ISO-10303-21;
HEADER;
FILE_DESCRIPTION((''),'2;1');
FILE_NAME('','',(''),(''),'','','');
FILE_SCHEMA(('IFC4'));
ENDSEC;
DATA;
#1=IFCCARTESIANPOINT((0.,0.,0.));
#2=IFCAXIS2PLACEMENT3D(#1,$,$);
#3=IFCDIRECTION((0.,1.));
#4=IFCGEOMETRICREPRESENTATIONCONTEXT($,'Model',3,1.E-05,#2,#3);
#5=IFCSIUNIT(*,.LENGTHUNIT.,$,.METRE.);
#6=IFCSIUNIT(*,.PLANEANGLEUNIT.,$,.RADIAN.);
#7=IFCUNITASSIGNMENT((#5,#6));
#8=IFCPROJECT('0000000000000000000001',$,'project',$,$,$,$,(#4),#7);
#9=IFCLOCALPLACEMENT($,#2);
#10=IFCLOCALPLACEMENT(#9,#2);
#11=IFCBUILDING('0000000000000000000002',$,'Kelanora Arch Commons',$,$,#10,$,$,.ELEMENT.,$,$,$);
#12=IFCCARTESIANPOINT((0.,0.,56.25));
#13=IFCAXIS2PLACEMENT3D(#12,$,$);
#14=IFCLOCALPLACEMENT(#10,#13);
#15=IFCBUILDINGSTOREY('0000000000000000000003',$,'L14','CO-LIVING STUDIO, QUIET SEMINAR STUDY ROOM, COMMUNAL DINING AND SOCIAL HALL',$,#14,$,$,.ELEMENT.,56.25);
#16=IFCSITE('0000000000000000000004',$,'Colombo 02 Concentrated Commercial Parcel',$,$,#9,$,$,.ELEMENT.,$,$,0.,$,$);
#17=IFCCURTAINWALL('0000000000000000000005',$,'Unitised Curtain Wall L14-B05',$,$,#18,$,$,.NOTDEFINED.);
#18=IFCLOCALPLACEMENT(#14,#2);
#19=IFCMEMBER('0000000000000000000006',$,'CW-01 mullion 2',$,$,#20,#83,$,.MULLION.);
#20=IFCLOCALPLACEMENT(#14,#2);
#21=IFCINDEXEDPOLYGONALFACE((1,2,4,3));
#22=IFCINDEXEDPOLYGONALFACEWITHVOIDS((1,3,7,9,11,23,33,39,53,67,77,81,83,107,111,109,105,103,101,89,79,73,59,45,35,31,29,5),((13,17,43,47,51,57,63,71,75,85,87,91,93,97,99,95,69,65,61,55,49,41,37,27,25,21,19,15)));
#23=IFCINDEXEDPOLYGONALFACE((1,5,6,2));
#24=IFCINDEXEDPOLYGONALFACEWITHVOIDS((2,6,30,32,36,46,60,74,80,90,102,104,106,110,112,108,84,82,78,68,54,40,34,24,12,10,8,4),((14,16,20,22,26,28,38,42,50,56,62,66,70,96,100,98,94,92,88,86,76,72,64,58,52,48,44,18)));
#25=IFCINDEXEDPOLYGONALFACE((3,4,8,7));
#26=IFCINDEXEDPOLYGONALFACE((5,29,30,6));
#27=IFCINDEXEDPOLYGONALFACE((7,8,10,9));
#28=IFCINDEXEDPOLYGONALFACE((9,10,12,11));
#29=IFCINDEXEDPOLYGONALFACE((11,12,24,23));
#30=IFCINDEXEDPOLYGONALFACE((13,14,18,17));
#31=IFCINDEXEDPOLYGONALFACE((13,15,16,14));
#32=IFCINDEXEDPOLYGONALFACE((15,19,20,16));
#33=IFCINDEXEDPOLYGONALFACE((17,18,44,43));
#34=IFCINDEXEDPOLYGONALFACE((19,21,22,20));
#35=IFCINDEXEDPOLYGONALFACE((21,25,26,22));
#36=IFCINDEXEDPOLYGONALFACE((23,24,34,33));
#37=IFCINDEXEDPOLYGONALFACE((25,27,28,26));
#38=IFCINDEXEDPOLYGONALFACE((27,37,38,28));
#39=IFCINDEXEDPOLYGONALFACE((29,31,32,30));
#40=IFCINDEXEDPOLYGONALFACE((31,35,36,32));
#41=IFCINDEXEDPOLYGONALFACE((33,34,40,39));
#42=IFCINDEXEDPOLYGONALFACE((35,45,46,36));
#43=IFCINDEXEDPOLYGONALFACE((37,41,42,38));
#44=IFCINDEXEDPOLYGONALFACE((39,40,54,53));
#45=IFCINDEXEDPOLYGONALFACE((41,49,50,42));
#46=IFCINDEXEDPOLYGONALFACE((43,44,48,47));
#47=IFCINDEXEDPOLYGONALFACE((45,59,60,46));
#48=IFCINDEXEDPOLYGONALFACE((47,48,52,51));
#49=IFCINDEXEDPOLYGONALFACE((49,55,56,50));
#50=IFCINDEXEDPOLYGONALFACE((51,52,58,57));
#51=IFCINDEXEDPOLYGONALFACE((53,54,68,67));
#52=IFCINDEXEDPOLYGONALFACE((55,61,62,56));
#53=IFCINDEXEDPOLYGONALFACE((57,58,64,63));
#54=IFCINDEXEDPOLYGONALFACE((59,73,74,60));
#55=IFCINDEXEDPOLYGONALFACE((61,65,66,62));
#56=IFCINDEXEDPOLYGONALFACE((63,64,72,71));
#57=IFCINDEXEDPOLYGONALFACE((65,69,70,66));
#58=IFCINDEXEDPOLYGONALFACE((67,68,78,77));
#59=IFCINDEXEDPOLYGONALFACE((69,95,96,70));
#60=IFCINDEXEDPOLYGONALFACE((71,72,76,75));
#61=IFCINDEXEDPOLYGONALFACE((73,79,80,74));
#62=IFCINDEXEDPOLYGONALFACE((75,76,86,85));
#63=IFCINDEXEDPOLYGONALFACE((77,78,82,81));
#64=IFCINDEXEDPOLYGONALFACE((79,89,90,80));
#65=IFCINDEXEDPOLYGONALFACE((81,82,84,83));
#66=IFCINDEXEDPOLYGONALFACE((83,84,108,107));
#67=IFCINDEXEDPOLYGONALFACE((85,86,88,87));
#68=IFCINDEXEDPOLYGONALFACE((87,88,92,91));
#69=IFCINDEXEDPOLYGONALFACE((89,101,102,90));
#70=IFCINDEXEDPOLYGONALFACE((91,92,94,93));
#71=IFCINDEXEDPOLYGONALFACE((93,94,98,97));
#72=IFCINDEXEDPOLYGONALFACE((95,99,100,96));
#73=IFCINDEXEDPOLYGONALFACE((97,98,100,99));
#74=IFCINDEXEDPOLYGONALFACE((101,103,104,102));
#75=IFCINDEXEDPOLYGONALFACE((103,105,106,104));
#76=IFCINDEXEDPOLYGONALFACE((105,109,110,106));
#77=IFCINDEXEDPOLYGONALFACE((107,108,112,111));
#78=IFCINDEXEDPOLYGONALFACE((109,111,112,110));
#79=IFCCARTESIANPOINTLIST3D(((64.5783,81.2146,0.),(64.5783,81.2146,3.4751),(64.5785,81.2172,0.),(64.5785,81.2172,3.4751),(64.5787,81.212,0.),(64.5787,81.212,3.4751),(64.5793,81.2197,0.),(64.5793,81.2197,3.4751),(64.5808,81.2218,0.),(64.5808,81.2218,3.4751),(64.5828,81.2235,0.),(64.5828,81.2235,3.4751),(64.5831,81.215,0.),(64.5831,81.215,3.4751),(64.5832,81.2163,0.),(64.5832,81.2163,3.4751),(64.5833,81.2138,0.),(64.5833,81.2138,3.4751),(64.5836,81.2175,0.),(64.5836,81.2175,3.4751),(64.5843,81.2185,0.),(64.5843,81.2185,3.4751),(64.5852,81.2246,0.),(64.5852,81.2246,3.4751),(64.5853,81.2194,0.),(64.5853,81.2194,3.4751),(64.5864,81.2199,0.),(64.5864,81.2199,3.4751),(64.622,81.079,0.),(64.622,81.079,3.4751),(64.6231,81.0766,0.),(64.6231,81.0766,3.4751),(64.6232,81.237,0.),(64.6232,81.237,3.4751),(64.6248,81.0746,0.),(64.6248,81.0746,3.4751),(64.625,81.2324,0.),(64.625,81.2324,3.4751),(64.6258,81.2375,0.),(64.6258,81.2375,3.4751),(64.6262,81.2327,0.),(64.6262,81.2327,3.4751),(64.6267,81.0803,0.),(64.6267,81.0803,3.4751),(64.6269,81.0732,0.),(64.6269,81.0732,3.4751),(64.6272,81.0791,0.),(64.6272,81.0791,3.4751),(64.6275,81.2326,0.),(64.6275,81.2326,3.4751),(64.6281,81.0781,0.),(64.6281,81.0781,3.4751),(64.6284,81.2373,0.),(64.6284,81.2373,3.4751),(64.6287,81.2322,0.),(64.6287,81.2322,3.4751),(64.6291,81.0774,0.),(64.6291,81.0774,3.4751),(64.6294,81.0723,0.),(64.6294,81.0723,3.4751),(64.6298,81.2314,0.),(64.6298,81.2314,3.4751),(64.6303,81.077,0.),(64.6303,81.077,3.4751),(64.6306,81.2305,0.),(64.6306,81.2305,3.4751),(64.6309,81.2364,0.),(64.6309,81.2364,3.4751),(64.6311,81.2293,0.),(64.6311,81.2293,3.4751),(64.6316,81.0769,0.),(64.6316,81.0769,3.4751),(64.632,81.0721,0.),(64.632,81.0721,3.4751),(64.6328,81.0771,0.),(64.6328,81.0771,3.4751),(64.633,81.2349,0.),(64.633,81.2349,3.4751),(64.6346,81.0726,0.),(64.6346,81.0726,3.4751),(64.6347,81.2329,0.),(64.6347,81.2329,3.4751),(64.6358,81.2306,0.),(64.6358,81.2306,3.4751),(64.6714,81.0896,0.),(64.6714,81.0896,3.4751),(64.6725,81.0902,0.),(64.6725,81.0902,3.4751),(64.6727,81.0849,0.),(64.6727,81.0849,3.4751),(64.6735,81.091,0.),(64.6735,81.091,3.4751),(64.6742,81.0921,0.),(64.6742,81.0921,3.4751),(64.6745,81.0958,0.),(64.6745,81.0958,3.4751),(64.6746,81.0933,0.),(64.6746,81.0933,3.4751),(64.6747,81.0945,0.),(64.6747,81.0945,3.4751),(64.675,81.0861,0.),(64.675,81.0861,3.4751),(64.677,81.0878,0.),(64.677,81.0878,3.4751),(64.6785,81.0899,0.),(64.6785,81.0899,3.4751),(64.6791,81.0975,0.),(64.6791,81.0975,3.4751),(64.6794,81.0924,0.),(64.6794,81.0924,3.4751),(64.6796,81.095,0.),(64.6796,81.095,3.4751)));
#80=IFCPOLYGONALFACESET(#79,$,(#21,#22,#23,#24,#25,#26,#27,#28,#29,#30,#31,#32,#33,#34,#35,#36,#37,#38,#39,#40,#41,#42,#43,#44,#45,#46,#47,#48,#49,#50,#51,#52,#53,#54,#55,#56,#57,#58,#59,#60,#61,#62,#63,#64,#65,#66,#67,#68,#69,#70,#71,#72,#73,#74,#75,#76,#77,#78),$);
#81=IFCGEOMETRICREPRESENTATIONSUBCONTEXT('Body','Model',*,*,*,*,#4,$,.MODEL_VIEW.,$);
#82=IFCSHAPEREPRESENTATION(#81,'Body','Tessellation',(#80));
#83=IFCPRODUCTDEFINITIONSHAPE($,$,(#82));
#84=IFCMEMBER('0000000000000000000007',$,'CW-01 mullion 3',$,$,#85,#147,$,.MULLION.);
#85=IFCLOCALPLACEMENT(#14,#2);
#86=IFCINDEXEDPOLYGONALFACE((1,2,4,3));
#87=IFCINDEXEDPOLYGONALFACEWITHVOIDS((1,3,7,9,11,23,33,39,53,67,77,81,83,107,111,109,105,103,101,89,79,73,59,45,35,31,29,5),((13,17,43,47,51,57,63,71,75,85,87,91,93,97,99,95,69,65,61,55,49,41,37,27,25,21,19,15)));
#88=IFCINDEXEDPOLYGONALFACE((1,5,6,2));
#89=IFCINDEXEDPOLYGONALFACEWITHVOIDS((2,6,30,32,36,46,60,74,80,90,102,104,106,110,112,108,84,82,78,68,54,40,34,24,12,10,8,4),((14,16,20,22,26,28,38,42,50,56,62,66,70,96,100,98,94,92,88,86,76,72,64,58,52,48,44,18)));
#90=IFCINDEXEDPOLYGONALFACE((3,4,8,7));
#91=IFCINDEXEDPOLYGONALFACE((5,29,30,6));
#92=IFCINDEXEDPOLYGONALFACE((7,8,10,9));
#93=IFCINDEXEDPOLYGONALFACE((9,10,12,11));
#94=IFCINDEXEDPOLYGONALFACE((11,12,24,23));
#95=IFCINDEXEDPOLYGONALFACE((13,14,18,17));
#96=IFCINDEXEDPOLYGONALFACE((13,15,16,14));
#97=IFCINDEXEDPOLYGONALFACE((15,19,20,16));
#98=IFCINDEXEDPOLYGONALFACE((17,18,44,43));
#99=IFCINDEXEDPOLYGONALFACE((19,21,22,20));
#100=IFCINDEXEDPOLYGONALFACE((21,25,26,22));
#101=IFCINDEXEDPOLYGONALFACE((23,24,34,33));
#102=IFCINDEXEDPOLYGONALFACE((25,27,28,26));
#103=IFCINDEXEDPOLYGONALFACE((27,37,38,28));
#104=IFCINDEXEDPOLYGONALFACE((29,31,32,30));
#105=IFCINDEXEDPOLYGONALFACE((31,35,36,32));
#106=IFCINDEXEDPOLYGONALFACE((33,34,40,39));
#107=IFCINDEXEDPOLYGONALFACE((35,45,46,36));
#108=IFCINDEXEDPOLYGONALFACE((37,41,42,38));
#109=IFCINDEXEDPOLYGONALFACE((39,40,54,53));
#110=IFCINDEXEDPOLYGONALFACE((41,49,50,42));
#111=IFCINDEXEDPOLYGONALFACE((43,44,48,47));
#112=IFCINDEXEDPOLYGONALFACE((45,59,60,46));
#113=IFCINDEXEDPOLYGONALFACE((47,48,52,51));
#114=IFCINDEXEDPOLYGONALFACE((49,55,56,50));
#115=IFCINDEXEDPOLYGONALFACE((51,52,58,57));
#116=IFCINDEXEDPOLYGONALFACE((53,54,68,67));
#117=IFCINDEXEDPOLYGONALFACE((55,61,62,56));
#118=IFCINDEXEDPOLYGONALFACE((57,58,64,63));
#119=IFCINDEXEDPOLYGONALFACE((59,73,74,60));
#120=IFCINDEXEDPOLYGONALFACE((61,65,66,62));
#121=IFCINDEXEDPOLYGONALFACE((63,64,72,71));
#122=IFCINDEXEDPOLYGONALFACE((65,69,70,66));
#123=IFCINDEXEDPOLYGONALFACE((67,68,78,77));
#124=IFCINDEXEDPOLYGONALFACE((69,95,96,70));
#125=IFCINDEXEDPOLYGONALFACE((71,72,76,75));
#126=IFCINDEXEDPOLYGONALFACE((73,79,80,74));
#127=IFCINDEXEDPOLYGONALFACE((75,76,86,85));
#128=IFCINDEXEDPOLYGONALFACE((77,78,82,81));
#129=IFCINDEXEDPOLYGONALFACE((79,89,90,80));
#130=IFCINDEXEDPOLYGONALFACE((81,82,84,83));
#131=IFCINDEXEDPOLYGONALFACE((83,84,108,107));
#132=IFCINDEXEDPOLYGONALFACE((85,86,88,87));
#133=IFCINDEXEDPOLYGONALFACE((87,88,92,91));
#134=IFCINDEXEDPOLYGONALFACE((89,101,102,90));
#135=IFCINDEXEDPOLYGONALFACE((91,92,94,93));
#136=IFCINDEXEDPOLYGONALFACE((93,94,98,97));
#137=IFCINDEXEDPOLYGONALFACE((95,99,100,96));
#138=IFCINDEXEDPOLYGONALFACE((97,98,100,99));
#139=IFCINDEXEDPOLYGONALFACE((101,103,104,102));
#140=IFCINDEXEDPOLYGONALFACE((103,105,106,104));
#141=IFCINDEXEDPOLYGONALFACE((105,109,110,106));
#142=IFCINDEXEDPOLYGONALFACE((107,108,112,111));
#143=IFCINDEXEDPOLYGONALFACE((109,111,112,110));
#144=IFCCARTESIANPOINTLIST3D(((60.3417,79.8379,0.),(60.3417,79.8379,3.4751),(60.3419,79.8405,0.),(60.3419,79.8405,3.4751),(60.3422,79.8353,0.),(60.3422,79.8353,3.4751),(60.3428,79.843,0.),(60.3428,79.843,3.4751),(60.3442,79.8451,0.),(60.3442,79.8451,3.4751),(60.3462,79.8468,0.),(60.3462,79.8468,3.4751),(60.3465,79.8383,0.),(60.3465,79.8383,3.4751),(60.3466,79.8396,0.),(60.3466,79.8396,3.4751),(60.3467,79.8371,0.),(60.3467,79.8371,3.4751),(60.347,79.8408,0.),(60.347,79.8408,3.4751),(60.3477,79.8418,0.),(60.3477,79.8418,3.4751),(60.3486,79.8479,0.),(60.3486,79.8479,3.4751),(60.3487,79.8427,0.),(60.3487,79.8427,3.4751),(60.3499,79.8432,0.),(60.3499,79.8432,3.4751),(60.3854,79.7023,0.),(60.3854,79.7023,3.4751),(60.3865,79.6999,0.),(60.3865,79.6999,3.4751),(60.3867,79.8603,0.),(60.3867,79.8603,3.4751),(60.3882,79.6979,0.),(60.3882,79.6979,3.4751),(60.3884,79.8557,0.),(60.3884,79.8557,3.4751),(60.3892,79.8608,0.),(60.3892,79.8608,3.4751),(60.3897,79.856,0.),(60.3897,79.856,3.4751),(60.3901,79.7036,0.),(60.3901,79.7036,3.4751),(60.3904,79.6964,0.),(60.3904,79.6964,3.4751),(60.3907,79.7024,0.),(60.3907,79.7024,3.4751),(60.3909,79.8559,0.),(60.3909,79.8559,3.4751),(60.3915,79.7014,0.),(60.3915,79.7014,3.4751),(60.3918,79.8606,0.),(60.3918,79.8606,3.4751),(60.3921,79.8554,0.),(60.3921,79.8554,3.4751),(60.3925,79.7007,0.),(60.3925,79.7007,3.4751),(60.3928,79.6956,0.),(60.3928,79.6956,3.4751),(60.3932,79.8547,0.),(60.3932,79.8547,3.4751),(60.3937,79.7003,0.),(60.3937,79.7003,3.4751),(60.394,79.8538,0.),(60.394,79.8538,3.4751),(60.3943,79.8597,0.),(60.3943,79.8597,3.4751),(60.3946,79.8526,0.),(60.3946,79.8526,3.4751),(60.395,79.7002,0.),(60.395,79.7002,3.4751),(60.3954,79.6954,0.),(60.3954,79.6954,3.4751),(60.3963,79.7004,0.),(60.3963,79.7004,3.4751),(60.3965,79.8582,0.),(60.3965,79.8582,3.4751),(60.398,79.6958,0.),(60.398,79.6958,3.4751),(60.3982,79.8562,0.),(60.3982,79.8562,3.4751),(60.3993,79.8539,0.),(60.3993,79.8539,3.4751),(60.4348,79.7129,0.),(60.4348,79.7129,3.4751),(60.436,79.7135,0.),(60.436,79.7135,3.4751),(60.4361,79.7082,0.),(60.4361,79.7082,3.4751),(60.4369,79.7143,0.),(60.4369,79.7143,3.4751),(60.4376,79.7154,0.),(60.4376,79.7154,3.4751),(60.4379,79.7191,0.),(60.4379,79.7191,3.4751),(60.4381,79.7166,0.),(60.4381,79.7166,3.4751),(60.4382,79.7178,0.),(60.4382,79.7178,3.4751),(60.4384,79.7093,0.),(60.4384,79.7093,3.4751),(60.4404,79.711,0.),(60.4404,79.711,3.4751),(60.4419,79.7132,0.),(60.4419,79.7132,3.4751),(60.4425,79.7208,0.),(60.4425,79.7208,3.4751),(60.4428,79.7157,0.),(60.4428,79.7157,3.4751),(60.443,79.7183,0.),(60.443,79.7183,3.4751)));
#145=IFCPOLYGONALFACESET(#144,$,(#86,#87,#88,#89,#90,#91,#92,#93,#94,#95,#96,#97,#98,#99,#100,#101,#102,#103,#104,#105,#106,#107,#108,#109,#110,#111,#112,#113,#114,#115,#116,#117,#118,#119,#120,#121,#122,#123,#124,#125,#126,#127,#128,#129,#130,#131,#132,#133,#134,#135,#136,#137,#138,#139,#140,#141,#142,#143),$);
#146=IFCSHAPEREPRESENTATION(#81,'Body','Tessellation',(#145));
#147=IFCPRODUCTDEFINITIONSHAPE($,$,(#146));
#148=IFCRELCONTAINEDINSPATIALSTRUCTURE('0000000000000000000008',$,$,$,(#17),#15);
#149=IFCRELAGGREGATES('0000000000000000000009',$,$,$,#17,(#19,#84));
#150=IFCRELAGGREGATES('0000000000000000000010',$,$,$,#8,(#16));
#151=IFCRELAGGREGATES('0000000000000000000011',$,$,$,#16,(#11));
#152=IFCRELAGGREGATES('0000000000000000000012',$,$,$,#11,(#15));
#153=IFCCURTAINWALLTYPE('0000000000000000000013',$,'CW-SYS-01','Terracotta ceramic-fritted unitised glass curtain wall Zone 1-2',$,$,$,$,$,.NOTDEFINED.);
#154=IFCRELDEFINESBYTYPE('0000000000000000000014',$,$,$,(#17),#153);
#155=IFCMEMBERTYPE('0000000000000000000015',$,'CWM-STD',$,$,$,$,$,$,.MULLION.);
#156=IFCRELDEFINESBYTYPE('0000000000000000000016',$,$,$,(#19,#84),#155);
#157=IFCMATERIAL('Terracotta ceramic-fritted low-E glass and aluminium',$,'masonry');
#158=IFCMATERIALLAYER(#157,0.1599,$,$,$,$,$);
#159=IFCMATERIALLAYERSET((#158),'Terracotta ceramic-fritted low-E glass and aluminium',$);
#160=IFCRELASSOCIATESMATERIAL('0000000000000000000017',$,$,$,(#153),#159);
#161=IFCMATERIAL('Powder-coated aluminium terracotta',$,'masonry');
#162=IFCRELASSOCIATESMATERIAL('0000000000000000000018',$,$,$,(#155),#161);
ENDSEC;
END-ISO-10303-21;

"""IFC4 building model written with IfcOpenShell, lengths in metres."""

from ifc_helpers import new_model, si_unit, direction, frame, origin, origin_2d, place, context, subcontext, project, spatial, hollow_rectangle, extrude, material, layer, layer_set, material_profile, profile_set, type_object, element, aggregate, save


model = new_model("IFC4")

# Units and contexts
model_context = context("Model", 3, precision=1e-05, world=origin(), true_north=direction((0.0, 1.0)))
body_context = subcontext(model_context, "Body", "Model", "MODEL_VIEW")
ifc_project = project(units=[si_unit("LENGTHUNIT", "METRE"), si_unit("PLANEANGLEUNIT", "RADIAN")], contexts=[model_context])

# Site, building, storey
site_placement = place(None, origin())
site = spatial("IfcSite", under=ifc_project, at=site_placement, Name="Colombo 02 Concentrated Commercial Parcel", CompositionType="ELEMENT", RefElevation=0.0)
building_placement = place(site_placement, origin())
building = spatial("IfcBuilding", under=site, at=building_placement, Name="Kelanora Arch Commons", CompositionType="ELEMENT")
storey_placement = place(building_placement, frame((0.0, 0.0, 56.25)))
storey = spatial("IfcBuildingStorey", under=building, at=storey_placement, Name="L14", Description="CO-LIVING STUDIO, QUIET SEMINAR STUDY ROOM, COMMUNAL DINING AND SOCIAL HALL", CompositionType="ELEMENT", Elevation=56.25)

# Curtain wall, members
ifc_material_1 = material(Name="Terracotta ceramic-fritted low-E glass and aluminium", Category="masonry")
ifc_layer_1 = layer(ifc_material_1, 0.1599)
ifc_layer_set_1 = layer_set([ifc_layer_1], Name="Terracotta ceramic-fritted low-E glass and aluminium")
curtain_wall_type = type_object("IfcCurtainWallType", Name="CW-SYS-01", Description="Terracotta ceramic-fritted unitised glass curtain wall Zone 1-2", PredefinedType="NOTDEFINED", material=ifc_layer_set_1)
curtain_wall_placement = place(storey_placement, origin())
curtain_wall = element("IfcCurtainWall", 1, at=curtain_wall_placement, inside=storey, type_object=curtain_wall_type, Name="Unitised Curtain Wall L14-B05", PredefinedType="NOTDEFINED")
ifc_material_2 = material(Name="Powder-coated aluminium terracotta", Category="masonry")
ifc_material_profile_1 = material_profile(ifc_material_2, hollow_rectangle(XDim=0.1599, YDim=0.0601, WallThickness=0.0049, InnerFilletRadius=0.0049, OuterFilletRadius=0.01, at=origin_2d()), Name="CWM160x60")
ifc_profile_set_1 = profile_set([ifc_material_profile_1], Name="Powder-coated aluminium terracotta")
member_type_1 = type_object("IfcMemberType", Name="CWM-STD", PredefinedType="MULLION", material=ifc_profile_set_1)
member_1_placement = place(storey_placement, frame((64.6289, 81.1548, 0.0), z_axis=(0.0, 0.0, 1.0), x_axis=(0.309058, -0.951043, 0.0)))
member_1 = element("IfcMember", 2, at=member_1_placement, type_object=member_type_1, Name="CW-01 mullion 2", PredefinedType="MULLION", context=body_context, shape_type="SweptSolid", body=[
    extrude(hollow_rectangle(XDim=0.1599, YDim=0.0601, WallThickness=0.0049, InnerFilletRadius=0.0049, OuterFilletRadius=0.01, at=origin_2d()), origin(), (0.0, 0.0, 1.0), 3.4751),
])
member_2_placement = place(storey_placement, frame((60.3923, 79.7781, 0.0), z_axis=(0.0, 0.0, 1.0), x_axis=(0.309058, -0.951043, 0.0)))
member_2 = element("IfcMember", 3, at=member_2_placement, type_object=member_type_1, Name="CW-01 mullion 3", PredefinedType="MULLION", context=body_context, shape_type="SweptSolid", body=[
    extrude(hollow_rectangle(XDim=0.1599, YDim=0.0601, WallThickness=0.0049, InnerFilletRadius=0.0049, OuterFilletRadius=0.01, at=origin_2d()), origin(), (0.0, 0.0, 1.0), 3.4751),
])
aggregate(curtain_wall, [member_1, member_2])

save(model, "model.ifc")
